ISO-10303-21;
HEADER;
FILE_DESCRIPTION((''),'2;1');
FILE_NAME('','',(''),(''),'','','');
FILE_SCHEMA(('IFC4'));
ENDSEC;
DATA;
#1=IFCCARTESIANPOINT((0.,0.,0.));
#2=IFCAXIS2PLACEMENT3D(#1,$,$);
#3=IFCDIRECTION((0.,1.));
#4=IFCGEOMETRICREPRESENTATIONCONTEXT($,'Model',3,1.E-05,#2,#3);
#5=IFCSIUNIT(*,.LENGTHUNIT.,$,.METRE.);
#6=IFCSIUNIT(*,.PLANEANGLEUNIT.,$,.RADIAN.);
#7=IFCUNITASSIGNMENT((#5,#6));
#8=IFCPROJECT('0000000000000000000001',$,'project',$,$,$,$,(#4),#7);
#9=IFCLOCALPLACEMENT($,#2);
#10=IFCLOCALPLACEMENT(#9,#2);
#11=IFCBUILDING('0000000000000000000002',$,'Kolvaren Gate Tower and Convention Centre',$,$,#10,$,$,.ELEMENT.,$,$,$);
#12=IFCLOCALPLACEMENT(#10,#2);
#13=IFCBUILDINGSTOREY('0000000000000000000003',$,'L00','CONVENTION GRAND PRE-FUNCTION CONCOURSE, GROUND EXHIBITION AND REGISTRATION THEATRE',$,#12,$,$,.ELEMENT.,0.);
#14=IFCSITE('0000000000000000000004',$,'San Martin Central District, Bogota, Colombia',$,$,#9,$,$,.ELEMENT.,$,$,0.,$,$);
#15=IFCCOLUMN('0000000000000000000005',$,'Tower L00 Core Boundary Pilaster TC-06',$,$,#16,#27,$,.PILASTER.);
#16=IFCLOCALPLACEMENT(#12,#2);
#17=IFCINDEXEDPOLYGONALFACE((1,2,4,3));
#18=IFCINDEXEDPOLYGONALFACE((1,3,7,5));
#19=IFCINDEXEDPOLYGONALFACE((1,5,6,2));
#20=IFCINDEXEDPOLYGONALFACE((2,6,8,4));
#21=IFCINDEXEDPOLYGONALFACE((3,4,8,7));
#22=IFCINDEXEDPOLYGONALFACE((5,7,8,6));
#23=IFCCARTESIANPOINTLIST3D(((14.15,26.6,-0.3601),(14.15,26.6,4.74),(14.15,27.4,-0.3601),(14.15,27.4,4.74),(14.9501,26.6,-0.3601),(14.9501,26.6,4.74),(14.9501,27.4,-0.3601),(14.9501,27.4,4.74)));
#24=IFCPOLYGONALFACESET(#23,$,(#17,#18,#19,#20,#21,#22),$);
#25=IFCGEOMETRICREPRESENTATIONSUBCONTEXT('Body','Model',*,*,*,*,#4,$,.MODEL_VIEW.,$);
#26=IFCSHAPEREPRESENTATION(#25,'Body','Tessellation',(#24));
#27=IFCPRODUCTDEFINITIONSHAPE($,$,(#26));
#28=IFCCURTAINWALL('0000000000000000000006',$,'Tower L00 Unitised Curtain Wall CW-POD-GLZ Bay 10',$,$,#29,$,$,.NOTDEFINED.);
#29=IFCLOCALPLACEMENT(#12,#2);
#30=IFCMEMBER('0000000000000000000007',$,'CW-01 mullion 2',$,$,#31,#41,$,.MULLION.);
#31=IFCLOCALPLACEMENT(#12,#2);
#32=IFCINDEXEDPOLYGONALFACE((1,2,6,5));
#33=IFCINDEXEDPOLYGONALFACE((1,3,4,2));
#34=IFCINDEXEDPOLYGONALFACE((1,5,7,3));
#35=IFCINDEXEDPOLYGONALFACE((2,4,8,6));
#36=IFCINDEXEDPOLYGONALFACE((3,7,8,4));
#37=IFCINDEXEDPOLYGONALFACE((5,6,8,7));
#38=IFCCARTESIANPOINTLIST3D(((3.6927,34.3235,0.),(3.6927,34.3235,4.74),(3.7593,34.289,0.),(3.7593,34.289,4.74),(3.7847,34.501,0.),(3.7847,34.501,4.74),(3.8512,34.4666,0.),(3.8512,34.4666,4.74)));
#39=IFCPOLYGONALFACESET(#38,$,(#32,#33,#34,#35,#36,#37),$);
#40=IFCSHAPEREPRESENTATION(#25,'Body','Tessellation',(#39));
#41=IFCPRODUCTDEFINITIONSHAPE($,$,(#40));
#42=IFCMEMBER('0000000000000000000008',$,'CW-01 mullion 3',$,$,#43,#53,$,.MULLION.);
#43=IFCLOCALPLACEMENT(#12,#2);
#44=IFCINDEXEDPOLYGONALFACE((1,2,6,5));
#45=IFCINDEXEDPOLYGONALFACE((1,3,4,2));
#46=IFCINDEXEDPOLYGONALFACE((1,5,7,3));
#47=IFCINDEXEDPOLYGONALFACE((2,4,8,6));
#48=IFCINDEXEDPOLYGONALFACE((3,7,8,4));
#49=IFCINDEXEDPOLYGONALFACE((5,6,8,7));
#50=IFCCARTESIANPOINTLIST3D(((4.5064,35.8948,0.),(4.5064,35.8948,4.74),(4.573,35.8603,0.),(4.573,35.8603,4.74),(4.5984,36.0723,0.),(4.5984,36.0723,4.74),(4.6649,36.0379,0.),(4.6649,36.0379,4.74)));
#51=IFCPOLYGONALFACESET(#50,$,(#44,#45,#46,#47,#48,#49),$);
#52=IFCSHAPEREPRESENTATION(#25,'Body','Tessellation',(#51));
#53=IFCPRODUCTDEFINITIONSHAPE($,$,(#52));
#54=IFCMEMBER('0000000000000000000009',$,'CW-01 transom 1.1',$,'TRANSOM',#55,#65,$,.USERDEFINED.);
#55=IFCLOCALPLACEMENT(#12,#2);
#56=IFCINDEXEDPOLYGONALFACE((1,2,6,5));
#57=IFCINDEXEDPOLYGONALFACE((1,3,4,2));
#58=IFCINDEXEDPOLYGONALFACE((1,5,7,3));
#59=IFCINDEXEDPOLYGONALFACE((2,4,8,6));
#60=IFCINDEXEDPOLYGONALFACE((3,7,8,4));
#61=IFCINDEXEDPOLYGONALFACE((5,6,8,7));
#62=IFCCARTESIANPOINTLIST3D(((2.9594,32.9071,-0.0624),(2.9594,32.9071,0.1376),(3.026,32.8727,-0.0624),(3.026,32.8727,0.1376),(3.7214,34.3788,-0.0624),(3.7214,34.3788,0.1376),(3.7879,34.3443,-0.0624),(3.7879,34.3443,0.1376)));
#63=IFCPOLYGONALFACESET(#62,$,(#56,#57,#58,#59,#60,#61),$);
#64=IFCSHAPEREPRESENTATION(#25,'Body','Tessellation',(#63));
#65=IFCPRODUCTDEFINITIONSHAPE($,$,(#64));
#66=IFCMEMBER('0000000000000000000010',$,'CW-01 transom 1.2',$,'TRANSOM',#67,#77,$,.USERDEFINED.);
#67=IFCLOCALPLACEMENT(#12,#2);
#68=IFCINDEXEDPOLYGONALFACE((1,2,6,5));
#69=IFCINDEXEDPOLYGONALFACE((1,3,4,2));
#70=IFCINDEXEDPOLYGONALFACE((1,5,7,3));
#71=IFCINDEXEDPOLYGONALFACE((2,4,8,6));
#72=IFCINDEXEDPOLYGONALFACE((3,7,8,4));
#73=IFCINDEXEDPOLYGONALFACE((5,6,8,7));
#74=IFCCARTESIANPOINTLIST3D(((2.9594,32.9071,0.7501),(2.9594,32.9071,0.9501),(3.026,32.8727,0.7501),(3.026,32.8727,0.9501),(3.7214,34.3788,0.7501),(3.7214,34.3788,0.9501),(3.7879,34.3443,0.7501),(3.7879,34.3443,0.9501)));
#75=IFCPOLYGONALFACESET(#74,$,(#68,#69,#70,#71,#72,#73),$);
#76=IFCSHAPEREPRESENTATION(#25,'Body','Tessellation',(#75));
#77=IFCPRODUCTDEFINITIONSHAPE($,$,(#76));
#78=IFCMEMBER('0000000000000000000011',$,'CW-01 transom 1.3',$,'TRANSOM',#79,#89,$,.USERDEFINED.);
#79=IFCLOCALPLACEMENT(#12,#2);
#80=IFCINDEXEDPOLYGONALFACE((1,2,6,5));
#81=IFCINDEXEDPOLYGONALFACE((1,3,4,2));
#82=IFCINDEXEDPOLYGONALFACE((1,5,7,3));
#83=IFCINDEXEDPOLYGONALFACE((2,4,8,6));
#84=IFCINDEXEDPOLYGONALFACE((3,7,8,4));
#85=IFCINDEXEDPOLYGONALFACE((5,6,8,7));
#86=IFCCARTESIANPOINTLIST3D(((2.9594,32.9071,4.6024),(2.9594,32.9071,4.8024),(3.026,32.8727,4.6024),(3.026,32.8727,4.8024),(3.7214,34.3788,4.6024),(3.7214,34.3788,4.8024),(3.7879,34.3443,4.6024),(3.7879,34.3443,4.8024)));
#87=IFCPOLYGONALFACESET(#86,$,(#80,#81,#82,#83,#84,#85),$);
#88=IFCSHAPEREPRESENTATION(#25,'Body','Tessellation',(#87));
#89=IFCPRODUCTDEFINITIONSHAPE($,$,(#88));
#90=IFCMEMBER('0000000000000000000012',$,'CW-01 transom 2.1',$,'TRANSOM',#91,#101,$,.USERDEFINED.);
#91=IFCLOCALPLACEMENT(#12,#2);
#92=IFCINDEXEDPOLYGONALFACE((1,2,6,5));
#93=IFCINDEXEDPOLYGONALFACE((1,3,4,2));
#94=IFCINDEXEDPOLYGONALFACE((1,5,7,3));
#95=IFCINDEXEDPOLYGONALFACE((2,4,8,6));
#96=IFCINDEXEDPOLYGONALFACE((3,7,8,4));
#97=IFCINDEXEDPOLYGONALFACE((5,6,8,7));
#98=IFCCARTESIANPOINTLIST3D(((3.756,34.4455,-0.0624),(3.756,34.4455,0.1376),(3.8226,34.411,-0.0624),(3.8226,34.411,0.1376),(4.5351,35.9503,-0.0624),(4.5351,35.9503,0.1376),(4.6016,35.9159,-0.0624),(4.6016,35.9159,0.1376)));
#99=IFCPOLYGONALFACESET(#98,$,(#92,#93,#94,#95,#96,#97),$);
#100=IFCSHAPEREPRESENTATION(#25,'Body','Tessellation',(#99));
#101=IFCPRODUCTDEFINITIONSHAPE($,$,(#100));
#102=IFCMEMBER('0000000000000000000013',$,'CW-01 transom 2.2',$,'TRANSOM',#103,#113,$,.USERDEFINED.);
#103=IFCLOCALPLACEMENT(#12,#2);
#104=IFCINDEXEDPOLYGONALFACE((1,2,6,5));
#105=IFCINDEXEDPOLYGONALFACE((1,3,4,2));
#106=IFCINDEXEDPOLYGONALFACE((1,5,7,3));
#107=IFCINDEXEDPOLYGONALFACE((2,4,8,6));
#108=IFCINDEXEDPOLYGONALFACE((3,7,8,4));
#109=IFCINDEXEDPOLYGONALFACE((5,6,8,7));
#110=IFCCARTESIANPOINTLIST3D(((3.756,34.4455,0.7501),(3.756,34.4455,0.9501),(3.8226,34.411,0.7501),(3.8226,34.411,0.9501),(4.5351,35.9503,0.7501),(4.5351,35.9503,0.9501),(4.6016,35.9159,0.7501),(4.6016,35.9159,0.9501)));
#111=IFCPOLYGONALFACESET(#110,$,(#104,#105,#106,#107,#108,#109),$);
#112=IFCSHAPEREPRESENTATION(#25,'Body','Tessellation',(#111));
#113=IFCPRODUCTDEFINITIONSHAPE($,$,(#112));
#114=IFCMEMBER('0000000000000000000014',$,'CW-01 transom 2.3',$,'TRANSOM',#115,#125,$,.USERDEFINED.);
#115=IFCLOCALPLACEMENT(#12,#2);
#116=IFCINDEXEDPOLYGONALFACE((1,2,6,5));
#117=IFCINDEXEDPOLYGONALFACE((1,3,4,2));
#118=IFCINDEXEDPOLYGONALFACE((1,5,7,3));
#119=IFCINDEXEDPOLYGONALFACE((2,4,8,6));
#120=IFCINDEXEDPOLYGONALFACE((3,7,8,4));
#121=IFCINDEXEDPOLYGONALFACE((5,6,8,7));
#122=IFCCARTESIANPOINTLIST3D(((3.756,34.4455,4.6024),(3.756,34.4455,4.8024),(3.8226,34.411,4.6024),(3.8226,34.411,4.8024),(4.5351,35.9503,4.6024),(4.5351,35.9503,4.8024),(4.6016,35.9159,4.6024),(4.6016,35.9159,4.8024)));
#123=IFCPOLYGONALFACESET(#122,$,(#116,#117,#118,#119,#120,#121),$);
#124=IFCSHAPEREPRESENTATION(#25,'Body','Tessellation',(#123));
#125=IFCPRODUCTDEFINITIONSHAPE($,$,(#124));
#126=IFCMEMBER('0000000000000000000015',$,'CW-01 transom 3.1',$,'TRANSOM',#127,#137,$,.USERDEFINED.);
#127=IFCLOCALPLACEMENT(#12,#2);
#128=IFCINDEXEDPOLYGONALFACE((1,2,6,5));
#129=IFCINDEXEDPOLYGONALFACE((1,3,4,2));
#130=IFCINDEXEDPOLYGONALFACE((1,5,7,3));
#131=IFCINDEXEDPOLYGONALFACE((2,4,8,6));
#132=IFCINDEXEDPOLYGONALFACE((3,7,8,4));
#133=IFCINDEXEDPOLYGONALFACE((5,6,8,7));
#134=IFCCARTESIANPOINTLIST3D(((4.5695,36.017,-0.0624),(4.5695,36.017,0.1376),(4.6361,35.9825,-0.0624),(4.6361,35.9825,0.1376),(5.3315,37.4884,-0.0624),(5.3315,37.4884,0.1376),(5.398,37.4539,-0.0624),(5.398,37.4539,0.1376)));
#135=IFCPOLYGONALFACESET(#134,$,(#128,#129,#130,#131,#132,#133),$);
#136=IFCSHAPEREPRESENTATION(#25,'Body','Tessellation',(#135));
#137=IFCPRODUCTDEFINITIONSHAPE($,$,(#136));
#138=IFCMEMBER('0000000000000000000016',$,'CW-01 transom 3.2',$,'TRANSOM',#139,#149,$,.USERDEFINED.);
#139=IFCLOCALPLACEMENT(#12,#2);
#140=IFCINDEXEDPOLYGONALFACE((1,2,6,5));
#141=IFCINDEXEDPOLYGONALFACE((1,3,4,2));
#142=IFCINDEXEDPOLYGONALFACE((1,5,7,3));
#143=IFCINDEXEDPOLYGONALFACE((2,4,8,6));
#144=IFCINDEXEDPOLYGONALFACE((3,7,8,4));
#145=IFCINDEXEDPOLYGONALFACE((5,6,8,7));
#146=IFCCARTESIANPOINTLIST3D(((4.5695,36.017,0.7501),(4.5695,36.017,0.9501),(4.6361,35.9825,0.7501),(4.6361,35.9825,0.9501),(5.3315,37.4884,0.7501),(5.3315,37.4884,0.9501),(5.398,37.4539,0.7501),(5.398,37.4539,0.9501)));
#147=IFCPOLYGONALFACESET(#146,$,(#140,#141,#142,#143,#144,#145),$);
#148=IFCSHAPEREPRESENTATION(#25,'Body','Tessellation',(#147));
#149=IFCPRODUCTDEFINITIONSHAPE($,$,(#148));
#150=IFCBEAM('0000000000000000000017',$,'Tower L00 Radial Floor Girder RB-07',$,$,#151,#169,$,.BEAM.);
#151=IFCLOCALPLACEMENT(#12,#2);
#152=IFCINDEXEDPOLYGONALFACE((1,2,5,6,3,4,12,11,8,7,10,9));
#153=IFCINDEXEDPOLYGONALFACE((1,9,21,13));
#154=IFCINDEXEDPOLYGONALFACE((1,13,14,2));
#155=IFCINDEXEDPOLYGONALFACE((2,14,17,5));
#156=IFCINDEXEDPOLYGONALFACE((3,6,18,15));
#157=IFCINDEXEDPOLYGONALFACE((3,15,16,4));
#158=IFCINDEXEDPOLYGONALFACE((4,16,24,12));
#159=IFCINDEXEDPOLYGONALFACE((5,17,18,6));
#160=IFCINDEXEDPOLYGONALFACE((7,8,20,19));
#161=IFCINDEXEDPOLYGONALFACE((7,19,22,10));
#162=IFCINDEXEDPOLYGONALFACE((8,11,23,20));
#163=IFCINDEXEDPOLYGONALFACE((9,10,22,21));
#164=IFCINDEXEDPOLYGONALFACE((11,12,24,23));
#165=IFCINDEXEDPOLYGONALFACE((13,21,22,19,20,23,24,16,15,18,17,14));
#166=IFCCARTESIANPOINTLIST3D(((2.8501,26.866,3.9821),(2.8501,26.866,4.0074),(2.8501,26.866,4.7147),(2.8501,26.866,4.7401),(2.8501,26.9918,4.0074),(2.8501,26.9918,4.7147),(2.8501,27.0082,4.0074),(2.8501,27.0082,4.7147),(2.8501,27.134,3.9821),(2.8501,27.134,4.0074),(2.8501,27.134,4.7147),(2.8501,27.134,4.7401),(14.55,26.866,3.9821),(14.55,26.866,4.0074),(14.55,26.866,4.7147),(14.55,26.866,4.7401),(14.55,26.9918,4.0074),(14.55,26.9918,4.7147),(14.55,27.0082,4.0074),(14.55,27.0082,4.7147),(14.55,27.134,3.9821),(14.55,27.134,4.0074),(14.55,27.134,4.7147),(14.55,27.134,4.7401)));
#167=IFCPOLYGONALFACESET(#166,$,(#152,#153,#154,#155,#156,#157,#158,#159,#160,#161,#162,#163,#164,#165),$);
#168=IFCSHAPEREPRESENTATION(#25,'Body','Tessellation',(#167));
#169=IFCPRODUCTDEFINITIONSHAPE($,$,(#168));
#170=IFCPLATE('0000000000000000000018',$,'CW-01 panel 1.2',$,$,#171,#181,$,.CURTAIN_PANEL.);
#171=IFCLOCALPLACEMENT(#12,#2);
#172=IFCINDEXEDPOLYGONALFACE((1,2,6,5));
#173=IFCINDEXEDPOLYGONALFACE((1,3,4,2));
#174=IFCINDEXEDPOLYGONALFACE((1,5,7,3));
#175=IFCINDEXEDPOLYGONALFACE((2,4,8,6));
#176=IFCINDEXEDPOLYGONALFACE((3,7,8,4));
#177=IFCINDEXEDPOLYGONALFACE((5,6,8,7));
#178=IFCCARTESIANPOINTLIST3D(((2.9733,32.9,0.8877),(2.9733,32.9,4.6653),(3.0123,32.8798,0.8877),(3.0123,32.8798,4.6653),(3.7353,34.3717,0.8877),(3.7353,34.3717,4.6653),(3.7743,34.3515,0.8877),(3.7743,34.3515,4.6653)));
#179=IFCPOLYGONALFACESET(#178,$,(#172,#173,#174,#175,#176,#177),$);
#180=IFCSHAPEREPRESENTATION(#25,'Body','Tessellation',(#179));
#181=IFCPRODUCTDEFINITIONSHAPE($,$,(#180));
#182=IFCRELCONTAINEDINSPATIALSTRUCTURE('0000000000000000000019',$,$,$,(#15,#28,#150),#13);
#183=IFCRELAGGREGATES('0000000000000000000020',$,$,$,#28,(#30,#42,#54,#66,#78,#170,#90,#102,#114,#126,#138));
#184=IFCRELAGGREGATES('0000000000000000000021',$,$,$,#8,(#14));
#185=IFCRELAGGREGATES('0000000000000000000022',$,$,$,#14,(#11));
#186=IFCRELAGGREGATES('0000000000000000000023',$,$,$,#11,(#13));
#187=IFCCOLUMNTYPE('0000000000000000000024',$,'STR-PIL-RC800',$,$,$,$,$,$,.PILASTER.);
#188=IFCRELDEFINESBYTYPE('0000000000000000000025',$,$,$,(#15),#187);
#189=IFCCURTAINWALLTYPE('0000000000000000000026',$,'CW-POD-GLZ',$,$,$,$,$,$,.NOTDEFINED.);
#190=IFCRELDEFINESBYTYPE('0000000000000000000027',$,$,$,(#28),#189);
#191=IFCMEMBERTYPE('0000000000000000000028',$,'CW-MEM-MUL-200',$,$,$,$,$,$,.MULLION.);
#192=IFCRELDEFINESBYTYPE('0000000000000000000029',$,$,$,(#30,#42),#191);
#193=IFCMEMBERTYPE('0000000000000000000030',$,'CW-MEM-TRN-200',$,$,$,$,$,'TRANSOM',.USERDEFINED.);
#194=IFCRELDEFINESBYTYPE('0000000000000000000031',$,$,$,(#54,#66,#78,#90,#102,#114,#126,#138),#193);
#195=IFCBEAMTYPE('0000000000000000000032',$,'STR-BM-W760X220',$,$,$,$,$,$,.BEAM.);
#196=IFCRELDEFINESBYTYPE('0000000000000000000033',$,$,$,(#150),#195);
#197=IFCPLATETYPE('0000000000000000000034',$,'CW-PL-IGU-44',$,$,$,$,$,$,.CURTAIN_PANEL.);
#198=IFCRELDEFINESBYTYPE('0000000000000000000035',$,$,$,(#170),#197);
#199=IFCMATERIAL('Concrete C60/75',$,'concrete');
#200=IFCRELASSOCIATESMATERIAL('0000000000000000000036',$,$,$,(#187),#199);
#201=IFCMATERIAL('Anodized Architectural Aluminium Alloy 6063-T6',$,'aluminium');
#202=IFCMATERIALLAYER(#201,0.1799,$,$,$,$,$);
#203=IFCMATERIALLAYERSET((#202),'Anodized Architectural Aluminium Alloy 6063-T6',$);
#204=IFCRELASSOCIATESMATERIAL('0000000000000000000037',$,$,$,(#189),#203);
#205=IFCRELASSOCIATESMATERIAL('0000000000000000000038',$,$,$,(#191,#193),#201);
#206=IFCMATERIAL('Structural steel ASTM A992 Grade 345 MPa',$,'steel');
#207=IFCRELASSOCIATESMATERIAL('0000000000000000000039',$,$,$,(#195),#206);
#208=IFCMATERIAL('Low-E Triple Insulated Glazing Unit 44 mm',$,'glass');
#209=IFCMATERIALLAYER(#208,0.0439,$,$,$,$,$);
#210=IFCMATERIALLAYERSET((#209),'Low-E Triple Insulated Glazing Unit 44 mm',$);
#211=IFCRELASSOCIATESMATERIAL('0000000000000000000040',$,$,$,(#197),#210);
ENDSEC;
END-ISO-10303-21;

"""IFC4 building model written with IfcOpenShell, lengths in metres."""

from ifc_helpers import new_model, si_unit, direction, frame, origin, origin_2d, place, context, subcontext, project, spatial, rectangle, i_section, extrude, material, layer, layer_set, material_profile, profile_set, type_object, element, aggregate, save


model = new_model("IFC4")

# Units and contexts
model_context = context("Model", 3, precision=1e-05, world=origin(), true_north=direction((0.0, 1.0)))
body_context = subcontext(model_context, "Body", "Model", "MODEL_VIEW")
ifc_project = project(units=[si_unit("LENGTHUNIT", "METRE"), si_unit("PLANEANGLEUNIT", "RADIAN")], contexts=[model_context])

# Site, building, storey
site_placement = place(None, origin())
site = spatial("IfcSite", under=ifc_project, at=site_placement, Name="San Martin Central District, Bogota, Colombia", CompositionType="ELEMENT", RefElevation=0.0)
building_placement = place(site_placement, origin())
building = spatial("IfcBuilding", under=site, at=building_placement, Name="Kolvaren Gate Tower and Convention Centre", CompositionType="ELEMENT")
storey_placement = place(building_placement, origin())
storey = spatial("IfcBuildingStorey", under=building, at=storey_placement, Name="L00", Description="CONVENTION GRAND PRE-FUNCTION CONCOURSE, GROUND EXHIBITION AND REGISTRATION THEATRE", CompositionType="ELEMENT", Elevation=0.0)

# Column
ifc_material_1 = material(Name="Concrete C60/75", Category="concrete")
ifc_material_profile_1 = material_profile(ifc_material_1, rectangle(XDim=0.8, YDim=0.8, at=origin_2d()), Name="RC-COL-800X800")
ifc_profile_set_1 = profile_set([ifc_material_profile_1], Name="Concrete C60/75")
column_type = type_object("IfcColumnType", Name="STR-PIL-RC800", PredefinedType="PILASTER", material=ifc_profile_set_1)
column_placement = place(storey_placement, frame((14.55, 27.0, -0.3601), z_axis=(0.0, 0.0, 1.0), x_axis=(1.0, 0.0, 0.0)))
element("IfcColumn", 1, at=column_placement, inside=storey, type_object=column_type, Name="Tower L00 Core Boundary Pilaster TC-06", PredefinedType="PILASTER", context=body_context, shape_type="SweptSolid", body=[
    extrude(rectangle(XDim=0.8, YDim=0.8, at=origin_2d()), origin(), (0.0, 0.0, 1.0), 5.1001),
])

# Curtain wall, members
ifc_material_2 = material(Name="Anodized Architectural Aluminium Alloy 6063-T6", Category="aluminium")
ifc_layer_1 = layer(ifc_material_2, 0.1799)
ifc_layer_set_1 = layer_set([ifc_layer_1], Name="Anodized Architectural Aluminium Alloy 6063-T6")
curtain_wall_type = type_object("IfcCurtainWallType", Name="CW-POD-GLZ", PredefinedType="NOTDEFINED", material=ifc_layer_set_1)
curtain_wall_placement = place(storey_placement, origin())
curtain_wall = element("IfcCurtainWall", 2, at=curtain_wall_placement, inside=storey, type_object=curtain_wall_type, Name="Tower L00 Unitised Curtain Wall CW-POD-GLZ Bay 10", PredefinedType="NOTDEFINED")
ifc_material_profile_2 = material_profile(ifc_material_2, rectangle(XDim=0.075, YDim=0.2, at=origin_2d()), Name="CW-MEM-MUL-200")
ifc_profile_set_2 = profile_set([ifc_material_profile_2], Name="Anodized Architectural Aluminium Alloy 6063-T6")
member_type_1 = type_object("IfcMemberType", Name="CW-MEM-MUL-200", PredefinedType="MULLION", material=ifc_profile_set_2)
member_1_placement = place(storey_placement, frame((3.772, 34.395, 0.0), z_axis=(0.0, 0.0, 1.0), x_axis=(-0.888028, 0.459789, 0.0)))
member_1 = element("IfcMember", 3, at=member_1_placement, type_object=member_type_1, Name="CW-01 mullion 2", PredefinedType="MULLION", context=body_context, shape_type="SweptSolid", body=[
    extrude(rectangle(XDim=0.075, YDim=0.2, at=origin_2d()), origin(), (0.0, 0.0, 1.0), 4.74),
])
member_2_placement = place(storey_placement, frame((4.5857, 35.9663, 0.0), z_axis=(0.0, 0.0, 1.0), x_axis=(-0.888028, 0.459789, 0.0)))
member_2 = element("IfcMember", 4, at=member_2_placement, type_object=member_type_1, Name="CW-01 mullion 3", PredefinedType="MULLION", context=body_context, shape_type="SweptSolid", body=[
    extrude(rectangle(XDim=0.075, YDim=0.2, at=origin_2d()), origin(), (0.0, 0.0, 1.0), 4.74),
])
ifc_material_profile_3 = material_profile(ifc_material_2, rectangle(XDim=0.075, YDim=0.2, at=origin_2d()), Name="CW-MEM-TRN-200")
ifc_profile_set_3 = profile_set([ifc_material_profile_3], Name="Anodized Architectural Aluminium Alloy 6063-T6")
member_type_2 = type_object("IfcMemberType", Name="CW-MEM-TRN-200", ElementType="TRANSOM", PredefinedType="USERDEFINED", material=ifc_profile_set_3)
member_3_placement = place(storey_placement, frame((2.9927, 32.8899, 0.0376), z_axis=(0.45978, 0.888033, 0.0), x_axis=(-0.888033, 0.45978, 0.0)))
member_3 = element("IfcMember", 5, at=member_3_placement, type_object=member_type_2, Name="CW-01 transom 1.1", ObjectType="TRANSOM", PredefinedType="USERDEFINED", context=body_context, shape_type="SweptSolid", body=[
    extrude(rectangle(XDim=0.075, YDim=0.2, at=origin_2d()), origin(), (0.0, 0.0, 1.0), 1.6572),
])
member_4_placement = place(storey_placement, frame((2.9927, 32.8899, 0.8501), z_axis=(0.45978, 0.888033, 0.0), x_axis=(-0.888033, 0.45978, 0.0)))
member_4 = element("IfcMember", 6, at=member_4_placement, type_object=member_type_2, Name="CW-01 transom 1.2", ObjectType="TRANSOM", PredefinedType="USERDEFINED", context=body_context, shape_type="SweptSolid", body=[
    extrude(rectangle(XDim=0.075, YDim=0.2, at=origin_2d()), origin(), (0.0, 0.0, 1.0), 1.6572),
])
member_5_placement = place(storey_placement, frame((2.9927, 32.8899, 4.7024), z_axis=(0.45978, 0.888033, 0.0), x_axis=(-0.888033, 0.45978, 0.0)))
member_5 = element("IfcMember", 7, at=member_5_placement, type_object=member_type_2, Name="CW-01 transom 1.3", ObjectType="TRANSOM", PredefinedType="USERDEFINED", context=body_context, shape_type="SweptSolid", body=[
    extrude(rectangle(XDim=0.075, YDim=0.2, at=origin_2d()), origin(), (0.0, 0.0, 1.0), 1.6572),
])
member_6_placement = place(storey_placement, frame((3.7893, 34.4282, 0.0376), z_axis=(0.459733, 0.888057, 0.0), x_axis=(-0.888057, 0.459733, 0.0)))
member_6 = element("IfcMember", 8, at=member_6_placement, type_object=member_type_2, Name="CW-01 transom 2.1", ObjectType="TRANSOM", PredefinedType="USERDEFINED", context=body_context, shape_type="SweptSolid", body=[
    extrude(rectangle(XDim=0.075, YDim=0.2, at=origin_2d()), origin(), (0.0, 0.0, 1.0), 1.6946),
])
member_7_placement = place(storey_placement, frame((3.7893, 34.4282, 0.8501), z_axis=(0.459733, 0.888057, 0.0), x_axis=(-0.888057, 0.459733, 0.0)))
member_7 = element("IfcMember", 9, at=member_7_placement, type_object=member_type_2, Name="CW-01 transom 2.2", ObjectType="TRANSOM", PredefinedType="USERDEFINED", context=body_context, shape_type="SweptSolid", body=[
    extrude(rectangle(XDim=0.075, YDim=0.2, at=origin_2d()), origin(), (0.0, 0.0, 1.0), 1.6946),
])
member_8_placement = place(storey_placement, frame((3.7893, 34.4282, 4.7024), z_axis=(0.459733, 0.888057, 0.0), x_axis=(-0.888057, 0.459733, 0.0)))
member_8 = element("IfcMember", 10, at=member_8_placement, type_object=member_type_2, Name="CW-01 transom 2.3", ObjectType="TRANSOM", PredefinedType="USERDEFINED", context=body_context, shape_type="SweptSolid", body=[
    extrude(rectangle(XDim=0.075, YDim=0.2, at=origin_2d()), origin(), (0.0, 0.0, 1.0), 1.6946),
])
member_9_placement = place(storey_placement, frame((4.6028, 35.9998, 0.0376), z_axis=(0.45984, 0.888002, 0.0), x_axis=(-0.888002, 0.45984, 0.0)))
member_9 = element("IfcMember", 11, at=member_9_placement, type_object=member_type_2, Name="CW-01 transom 3.1", ObjectType="TRANSOM", PredefinedType="USERDEFINED", context=body_context, shape_type="SweptSolid", body=[
    extrude(rectangle(XDim=0.075, YDim=0.2, at=origin_2d()), origin(), (0.0, 0.0, 1.0), 1.657),
])
member_10_placement = place(storey_placement, frame((4.6028, 35.9998, 0.8501), z_axis=(0.45984, 0.888002, 0.0), x_axis=(-0.888002, 0.45984, 0.0)))
member_10 = element("IfcMember", 12, at=member_10_placement, type_object=member_type_2, Name="CW-01 transom 3.2", ObjectType="TRANSOM", PredefinedType="USERDEFINED", context=body_context, shape_type="SweptSolid", body=[
    extrude(rectangle(XDim=0.075, YDim=0.2, at=origin_2d()), origin(), (0.0, 0.0, 1.0), 1.657),
])

# Beam
ifc_material_3 = material(Name="Structural steel ASTM A992 Grade 345 MPa", Category="steel")
ifc_material_profile_4 = material_profile(ifc_material_3, i_section(OverallWidth=0.2681, OverallDepth=0.7581, WebThickness=0.0164, FlangeThickness=0.0254, at=origin_2d()), Name="W760X220")
ifc_profile_set_4 = profile_set([ifc_material_profile_4], Name="Structural steel ASTM A992 Grade 345 MPa")
beam_type = type_object("IfcBeamType", Name="STR-BM-W760X220", PredefinedType="BEAM", material=ifc_profile_set_4)
beam_placement = place(storey_placement, frame((14.55, 27.0, 4.3611), z_axis=(-1.0, 0.0, 0.0), x_axis=(0.0, -1.0, 0.0)))
element("IfcBeam", 13, at=beam_placement, inside=storey, type_object=beam_type, Name="Tower L00 Radial Floor Girder RB-07", PredefinedType="BEAM", context=body_context, shape_type="SweptSolid", body=[
    extrude(i_section(OverallWidth=0.2681, OverallDepth=0.7581, WebThickness=0.0164, FlangeThickness=0.0254, at=origin_2d()), origin(), (0.0, 0.0, 1.0), 11.7),
])

# Plate
ifc_material_4 = material(Name="Low-E Triple Insulated Glazing Unit 44 mm", Category="glass")
ifc_layer_2 = layer(ifc_material_4, 0.0439)
ifc_layer_set_2 = layer_set([ifc_layer_2], Name="Low-E Triple Insulated Glazing Unit 44 mm")
plate_type_1 = type_object("IfcPlateType", Name="CW-PL-IGU-44", PredefinedType="CURTAIN_PANEL", material=ifc_layer_set_2)
plate_1_placement = place(storey_placement, frame((3.3738, 33.6257, 0.8877), z_axis=(0.0, 0.0, 1.0), x_axis=(0.459789, 0.888028, 0.0)))
plate_1 = element("IfcPlate", 14, at=plate_1_placement, type_object=plate_type_1, Name="CW-01 panel 1.2", PredefinedType="CURTAIN_PANEL", context=body_context, shape_type="SweptSolid", body=[
    extrude(rectangle(XDim=1.6572, YDim=0.0439, at=origin_2d()), origin(), (0.0, 0.0, 1.0), 3.7776),
])
aggregate(curtain_wall, [member_1, member_2, member_3, member_4, member_5, plate_1, member_6, member_7, member_8, member_9, member_10])

save(model, "model.ifc")
